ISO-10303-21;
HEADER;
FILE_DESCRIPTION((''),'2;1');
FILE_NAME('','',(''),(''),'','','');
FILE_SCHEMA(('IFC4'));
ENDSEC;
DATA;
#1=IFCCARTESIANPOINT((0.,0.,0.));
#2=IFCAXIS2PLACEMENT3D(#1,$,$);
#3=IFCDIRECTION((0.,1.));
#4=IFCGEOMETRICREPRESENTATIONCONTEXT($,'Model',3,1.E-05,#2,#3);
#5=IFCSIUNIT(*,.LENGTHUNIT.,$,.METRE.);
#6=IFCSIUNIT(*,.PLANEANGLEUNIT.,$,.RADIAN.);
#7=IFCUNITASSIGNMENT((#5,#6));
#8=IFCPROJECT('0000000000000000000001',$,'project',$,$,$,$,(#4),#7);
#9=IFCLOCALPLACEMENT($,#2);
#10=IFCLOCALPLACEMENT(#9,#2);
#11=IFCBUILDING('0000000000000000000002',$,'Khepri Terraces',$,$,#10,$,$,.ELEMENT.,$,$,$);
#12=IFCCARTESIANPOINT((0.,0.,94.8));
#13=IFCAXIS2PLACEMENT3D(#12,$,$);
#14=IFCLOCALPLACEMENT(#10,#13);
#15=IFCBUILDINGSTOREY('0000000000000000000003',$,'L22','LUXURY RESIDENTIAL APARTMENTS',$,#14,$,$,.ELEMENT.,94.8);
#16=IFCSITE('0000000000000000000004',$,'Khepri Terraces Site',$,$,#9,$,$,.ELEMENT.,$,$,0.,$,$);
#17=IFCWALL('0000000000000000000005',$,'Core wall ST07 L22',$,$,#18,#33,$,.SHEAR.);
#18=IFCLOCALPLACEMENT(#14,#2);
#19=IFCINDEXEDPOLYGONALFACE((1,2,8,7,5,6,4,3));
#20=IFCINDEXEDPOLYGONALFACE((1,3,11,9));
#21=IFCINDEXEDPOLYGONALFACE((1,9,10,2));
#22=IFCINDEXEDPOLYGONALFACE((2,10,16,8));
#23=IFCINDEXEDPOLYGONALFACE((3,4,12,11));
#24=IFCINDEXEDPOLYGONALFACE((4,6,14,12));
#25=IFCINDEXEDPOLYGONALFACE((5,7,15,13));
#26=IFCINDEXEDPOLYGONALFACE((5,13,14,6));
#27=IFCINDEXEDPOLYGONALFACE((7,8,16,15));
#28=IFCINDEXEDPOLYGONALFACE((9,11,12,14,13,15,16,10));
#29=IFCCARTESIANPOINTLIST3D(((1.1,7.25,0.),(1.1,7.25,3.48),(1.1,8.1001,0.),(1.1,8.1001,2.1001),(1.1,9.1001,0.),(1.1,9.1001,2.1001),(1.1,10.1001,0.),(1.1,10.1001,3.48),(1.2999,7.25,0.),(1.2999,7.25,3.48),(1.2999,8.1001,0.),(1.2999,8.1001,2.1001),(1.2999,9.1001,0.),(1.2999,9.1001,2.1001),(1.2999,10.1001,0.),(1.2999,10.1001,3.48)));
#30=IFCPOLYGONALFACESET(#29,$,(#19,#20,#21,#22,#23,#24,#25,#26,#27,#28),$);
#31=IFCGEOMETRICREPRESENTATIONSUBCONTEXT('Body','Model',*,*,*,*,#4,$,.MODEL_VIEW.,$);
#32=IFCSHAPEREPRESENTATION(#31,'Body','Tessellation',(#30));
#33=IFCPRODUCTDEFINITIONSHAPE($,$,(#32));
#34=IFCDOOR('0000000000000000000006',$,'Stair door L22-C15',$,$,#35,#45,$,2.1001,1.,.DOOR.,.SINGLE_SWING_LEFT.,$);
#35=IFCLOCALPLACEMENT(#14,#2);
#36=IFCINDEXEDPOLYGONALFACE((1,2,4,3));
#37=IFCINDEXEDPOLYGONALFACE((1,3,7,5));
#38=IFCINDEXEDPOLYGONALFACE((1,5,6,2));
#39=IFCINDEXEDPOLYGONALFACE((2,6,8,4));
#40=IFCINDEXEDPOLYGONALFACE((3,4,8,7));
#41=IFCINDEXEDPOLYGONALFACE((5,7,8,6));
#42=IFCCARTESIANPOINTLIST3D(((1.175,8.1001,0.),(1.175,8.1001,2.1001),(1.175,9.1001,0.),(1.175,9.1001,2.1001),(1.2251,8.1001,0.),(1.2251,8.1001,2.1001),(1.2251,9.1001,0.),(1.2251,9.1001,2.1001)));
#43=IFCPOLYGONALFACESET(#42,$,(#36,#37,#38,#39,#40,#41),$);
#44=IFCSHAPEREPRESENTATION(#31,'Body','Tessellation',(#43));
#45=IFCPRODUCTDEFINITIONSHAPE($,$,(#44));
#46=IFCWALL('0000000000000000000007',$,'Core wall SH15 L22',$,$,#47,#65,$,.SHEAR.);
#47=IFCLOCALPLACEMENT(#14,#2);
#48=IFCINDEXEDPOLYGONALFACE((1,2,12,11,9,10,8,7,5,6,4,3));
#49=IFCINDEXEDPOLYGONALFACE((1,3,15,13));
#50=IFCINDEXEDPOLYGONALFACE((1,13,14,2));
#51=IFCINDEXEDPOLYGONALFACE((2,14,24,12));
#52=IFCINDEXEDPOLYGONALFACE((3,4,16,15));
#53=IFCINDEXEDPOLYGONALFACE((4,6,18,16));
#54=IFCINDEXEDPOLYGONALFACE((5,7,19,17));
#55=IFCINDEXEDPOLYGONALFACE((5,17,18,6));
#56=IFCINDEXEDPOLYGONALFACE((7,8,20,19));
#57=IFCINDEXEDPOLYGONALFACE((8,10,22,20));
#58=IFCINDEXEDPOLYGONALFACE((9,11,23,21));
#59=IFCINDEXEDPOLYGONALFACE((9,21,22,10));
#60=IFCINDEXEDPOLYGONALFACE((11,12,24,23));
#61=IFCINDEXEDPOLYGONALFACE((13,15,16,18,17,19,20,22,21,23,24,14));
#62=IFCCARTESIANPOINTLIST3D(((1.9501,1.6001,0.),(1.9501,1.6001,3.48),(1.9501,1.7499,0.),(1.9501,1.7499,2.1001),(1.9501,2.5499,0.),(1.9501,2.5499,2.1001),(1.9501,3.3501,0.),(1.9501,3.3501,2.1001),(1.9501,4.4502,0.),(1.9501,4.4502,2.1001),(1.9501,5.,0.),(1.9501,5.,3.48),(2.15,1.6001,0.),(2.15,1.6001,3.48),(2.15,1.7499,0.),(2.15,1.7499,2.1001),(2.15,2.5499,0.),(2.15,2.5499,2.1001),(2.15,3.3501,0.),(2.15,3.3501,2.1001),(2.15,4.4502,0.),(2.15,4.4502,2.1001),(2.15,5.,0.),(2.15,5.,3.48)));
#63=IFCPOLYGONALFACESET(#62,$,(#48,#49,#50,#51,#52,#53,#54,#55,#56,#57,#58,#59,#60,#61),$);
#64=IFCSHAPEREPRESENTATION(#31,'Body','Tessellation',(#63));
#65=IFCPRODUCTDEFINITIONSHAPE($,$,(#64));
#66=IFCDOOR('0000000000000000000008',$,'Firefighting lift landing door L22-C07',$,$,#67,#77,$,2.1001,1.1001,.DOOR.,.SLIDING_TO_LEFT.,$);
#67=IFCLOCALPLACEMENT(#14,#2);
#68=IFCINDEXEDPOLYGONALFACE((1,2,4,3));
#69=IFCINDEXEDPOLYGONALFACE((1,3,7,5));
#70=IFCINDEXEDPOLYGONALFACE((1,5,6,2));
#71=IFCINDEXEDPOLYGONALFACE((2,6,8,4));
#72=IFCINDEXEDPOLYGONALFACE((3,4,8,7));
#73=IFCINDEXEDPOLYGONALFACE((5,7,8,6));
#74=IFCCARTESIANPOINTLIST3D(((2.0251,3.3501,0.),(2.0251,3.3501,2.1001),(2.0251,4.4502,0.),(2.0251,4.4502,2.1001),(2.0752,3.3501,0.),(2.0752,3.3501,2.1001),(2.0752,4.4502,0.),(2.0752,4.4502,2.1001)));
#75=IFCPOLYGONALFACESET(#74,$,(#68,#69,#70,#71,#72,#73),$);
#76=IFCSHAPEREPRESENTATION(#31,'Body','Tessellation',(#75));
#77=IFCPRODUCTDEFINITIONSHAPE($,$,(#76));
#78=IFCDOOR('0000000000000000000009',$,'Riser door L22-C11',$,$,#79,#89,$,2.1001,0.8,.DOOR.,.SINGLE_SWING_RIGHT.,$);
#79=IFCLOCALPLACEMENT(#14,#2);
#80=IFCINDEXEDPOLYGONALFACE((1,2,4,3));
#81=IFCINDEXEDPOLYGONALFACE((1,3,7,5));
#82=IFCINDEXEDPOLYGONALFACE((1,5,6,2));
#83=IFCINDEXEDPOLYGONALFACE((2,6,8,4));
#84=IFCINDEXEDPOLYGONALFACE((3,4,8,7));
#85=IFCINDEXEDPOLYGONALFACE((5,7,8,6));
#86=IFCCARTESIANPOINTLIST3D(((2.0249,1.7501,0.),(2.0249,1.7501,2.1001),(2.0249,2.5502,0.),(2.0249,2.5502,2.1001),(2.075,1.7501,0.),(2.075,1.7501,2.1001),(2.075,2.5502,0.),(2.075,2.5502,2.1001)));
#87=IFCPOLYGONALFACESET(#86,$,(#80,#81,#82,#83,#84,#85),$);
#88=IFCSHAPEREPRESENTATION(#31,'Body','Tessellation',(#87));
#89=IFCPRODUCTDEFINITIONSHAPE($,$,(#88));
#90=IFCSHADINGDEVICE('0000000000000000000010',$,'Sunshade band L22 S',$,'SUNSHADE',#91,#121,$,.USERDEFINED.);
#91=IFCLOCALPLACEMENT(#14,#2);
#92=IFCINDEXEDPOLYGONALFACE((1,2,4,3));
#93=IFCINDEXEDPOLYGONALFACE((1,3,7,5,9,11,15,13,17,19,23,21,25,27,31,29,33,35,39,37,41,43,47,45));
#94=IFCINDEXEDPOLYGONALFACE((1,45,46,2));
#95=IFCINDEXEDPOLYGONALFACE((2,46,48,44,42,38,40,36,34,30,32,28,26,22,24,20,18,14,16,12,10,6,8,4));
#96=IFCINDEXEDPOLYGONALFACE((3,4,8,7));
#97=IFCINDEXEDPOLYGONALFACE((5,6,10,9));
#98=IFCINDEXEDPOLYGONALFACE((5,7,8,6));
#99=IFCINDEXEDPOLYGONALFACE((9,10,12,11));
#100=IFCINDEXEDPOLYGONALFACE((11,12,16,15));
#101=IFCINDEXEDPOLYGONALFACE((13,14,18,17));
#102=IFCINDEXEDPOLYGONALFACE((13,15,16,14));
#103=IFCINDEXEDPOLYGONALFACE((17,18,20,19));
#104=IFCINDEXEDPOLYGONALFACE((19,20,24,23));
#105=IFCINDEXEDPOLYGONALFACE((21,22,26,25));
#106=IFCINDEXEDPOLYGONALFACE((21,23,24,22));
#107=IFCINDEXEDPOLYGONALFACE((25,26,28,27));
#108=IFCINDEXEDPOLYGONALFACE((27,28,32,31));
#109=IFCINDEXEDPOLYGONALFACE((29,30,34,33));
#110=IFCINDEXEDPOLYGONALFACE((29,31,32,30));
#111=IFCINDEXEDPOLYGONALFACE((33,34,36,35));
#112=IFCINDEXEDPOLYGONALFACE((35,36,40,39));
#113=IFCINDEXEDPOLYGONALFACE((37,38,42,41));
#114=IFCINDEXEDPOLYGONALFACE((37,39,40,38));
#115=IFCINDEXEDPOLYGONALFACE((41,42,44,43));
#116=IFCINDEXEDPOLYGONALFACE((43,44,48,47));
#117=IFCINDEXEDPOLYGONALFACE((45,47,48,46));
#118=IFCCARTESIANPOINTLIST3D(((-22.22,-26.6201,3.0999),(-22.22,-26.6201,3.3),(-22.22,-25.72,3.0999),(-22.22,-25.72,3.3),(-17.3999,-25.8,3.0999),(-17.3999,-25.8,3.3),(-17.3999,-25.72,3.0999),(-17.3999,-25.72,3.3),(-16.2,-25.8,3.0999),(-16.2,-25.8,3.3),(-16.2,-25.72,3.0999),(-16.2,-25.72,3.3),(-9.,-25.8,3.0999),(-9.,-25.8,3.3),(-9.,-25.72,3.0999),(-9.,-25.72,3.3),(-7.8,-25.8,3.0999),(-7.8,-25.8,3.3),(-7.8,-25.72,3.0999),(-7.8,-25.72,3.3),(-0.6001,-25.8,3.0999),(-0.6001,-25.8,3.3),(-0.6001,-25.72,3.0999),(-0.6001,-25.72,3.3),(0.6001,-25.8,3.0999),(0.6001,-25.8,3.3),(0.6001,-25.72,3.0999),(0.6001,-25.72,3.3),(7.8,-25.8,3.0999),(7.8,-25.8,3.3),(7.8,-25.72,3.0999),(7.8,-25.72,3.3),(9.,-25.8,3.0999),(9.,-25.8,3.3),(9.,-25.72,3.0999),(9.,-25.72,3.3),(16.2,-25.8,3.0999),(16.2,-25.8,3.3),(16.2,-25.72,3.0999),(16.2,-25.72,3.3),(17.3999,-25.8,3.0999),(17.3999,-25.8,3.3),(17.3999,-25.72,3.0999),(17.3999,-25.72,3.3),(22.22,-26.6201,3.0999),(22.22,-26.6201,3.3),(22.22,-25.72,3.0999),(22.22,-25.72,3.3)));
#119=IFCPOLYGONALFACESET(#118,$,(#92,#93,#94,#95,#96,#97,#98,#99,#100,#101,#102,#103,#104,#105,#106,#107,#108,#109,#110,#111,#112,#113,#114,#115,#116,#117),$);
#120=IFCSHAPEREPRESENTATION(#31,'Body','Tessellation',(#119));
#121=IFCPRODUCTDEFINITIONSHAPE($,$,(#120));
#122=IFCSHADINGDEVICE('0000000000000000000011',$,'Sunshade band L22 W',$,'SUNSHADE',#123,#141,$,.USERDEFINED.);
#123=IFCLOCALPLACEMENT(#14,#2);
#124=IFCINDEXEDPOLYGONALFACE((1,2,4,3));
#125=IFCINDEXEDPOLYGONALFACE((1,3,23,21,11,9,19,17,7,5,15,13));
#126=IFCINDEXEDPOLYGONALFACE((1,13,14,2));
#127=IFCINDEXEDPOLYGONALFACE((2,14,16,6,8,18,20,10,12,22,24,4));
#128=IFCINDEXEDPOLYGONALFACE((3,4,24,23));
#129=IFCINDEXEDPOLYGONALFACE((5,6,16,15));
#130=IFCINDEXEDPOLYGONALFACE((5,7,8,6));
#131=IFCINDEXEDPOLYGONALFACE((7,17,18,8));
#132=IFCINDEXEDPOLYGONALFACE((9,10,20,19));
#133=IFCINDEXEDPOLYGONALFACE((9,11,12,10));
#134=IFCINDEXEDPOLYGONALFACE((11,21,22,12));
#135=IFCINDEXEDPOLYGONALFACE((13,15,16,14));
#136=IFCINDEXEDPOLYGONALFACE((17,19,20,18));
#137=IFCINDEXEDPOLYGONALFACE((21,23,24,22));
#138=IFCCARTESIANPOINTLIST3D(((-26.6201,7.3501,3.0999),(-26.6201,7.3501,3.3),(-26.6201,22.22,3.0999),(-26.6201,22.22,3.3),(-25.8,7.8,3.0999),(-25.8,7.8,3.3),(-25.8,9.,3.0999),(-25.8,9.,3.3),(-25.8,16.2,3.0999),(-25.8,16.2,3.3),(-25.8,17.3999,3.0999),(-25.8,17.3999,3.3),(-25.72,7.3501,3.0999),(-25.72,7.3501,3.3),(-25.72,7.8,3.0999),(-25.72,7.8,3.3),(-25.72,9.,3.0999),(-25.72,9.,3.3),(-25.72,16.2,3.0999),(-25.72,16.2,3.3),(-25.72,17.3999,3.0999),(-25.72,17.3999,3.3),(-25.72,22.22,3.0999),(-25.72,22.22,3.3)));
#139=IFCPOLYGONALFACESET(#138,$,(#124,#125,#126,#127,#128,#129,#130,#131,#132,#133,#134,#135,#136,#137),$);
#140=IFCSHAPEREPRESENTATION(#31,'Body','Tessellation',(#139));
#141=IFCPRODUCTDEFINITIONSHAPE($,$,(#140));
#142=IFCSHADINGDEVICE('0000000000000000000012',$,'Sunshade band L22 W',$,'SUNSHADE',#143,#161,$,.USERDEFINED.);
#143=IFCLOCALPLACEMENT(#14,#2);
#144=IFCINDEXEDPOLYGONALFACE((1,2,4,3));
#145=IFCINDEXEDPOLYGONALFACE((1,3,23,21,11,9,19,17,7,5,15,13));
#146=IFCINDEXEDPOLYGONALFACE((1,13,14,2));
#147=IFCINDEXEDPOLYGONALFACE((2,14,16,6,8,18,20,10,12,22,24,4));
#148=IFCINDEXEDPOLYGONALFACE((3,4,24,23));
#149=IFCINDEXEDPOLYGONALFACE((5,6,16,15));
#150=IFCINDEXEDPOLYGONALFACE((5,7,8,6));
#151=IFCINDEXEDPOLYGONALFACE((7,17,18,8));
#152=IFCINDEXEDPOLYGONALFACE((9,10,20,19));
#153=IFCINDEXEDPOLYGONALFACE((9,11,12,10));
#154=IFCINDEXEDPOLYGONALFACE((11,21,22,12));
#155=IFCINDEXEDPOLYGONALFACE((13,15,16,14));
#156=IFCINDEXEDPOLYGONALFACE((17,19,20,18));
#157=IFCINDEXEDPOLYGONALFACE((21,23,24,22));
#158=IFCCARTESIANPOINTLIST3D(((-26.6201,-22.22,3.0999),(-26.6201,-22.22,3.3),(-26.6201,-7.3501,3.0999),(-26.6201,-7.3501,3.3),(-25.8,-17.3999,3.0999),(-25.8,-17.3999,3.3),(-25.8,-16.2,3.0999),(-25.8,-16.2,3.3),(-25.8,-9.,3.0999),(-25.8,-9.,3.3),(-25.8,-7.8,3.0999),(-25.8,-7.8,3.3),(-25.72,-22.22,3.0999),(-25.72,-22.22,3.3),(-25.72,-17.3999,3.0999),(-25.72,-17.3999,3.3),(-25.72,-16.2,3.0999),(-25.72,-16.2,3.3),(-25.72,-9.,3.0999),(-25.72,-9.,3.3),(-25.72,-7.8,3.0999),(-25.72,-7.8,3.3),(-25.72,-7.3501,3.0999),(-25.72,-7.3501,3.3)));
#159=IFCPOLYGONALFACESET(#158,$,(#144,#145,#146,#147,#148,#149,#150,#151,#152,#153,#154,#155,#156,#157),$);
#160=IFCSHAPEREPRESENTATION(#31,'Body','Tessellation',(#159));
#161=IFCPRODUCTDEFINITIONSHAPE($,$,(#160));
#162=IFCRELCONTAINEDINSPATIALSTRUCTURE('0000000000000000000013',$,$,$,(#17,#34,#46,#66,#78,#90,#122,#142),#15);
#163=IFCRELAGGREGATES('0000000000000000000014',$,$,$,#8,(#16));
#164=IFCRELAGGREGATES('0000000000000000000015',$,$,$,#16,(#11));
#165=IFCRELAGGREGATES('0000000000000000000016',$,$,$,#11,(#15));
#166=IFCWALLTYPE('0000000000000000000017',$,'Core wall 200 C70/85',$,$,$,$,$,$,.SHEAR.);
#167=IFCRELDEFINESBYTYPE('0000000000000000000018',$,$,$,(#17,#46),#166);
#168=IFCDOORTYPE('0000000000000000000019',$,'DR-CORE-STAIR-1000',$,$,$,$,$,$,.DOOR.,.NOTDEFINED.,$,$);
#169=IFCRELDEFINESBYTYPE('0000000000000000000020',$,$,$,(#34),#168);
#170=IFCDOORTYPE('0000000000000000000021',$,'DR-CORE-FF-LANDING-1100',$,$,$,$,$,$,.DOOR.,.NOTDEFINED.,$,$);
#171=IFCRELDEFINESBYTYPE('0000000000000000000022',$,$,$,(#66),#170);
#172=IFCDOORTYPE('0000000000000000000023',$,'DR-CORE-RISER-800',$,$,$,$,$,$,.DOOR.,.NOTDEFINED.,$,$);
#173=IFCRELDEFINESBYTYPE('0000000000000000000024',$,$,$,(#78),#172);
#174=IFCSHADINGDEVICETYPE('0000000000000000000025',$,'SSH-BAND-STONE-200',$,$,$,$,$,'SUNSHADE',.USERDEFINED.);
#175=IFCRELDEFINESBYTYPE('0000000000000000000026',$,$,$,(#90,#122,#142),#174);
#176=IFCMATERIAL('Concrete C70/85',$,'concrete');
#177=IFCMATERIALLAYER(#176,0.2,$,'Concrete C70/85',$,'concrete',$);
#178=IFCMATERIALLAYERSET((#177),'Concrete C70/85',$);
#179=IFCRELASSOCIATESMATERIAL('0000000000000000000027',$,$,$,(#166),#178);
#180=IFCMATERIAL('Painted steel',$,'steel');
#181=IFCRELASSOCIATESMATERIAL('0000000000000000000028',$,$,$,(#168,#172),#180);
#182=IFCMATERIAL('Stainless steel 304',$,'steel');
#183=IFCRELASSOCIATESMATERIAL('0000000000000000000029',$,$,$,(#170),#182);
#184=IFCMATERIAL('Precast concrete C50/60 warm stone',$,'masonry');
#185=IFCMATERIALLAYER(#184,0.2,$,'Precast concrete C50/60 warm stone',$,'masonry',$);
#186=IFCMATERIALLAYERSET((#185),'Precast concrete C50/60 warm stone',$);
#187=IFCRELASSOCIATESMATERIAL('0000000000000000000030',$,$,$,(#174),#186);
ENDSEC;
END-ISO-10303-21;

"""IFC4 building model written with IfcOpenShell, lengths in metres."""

from ifc_helpers import new_model, si_unit, direction, frame, frame_2d, origin, place, context, subcontext, project, spatial, polyline, rectangle, outline, extrude, material, layer, layer_set, type_object, element, fill, save


model = new_model("IFC4")

# Units and contexts
model_context = context("Model", 3, precision=1e-05, world=origin(), true_north=direction((0.0, 1.0)))
body_context = subcontext(model_context, "Body", "Model", "MODEL_VIEW")
ifc_project = project(units=[si_unit("LENGTHUNIT", "METRE"), si_unit("PLANEANGLEUNIT", "RADIAN")], contexts=[model_context])

# Site, building, storey
site_placement = place(None, origin())
site = spatial("IfcSite", under=ifc_project, at=site_placement, Name="Khepri Terraces Site", CompositionType="ELEMENT", RefElevation=0.0)
building_placement = place(site_placement, origin())
building = spatial("IfcBuilding", under=site, at=building_placement, Name="Khepri Terraces", CompositionType="ELEMENT")
storey_placement = place(building_placement, frame((0.0, 0.0, 94.8)))
storey = spatial("IfcBuildingStorey", under=building, at=storey_placement, Name="L22", Description="LUXURY RESIDENTIAL APARTMENTS", CompositionType="ELEMENT", Elevation=94.8)

# Shared definitions
ifc_material_1 = material(Name="Precast concrete C50/60 warm stone", Category="masonry")

# Wall, opening, door
ifc_material_2 = material(Name="Concrete C70/85", Category="concrete")
ifc_layer_1 = layer(ifc_material_2, 0.2, Name="Concrete C70/85", Category="concrete")
ifc_layer_set_1 = layer_set([ifc_layer_1], Name="Concrete C70/85")
wall_type = type_object("IfcWallType", Name="Core wall 200 C70/85", PredefinedType="SHEAR", material=ifc_layer_set_1)
wall_1_placement = place(storey_placement, frame((1.2, 7.25, 0.0), z_axis=(0.0, 0.0, 1.0), x_axis=(0.0, 1.0, 0.0)))
wall_1 = element("IfcWall", 1, at=wall_1_placement, inside=storey, type_object=wall_type, Name="Core wall ST07 L22", PredefinedType="SHEAR", context=body_context, shape_type="SweptSolid", body=[
    extrude(rectangle(XDim=2.8501, YDim=0.2, at=frame_2d((1.425, 0.0))), origin(), (0.0, 0.0, 1.0), 3.48),
])
opening_1_placement = place(wall_1_placement, frame((0.8501, 0.0, 0.0)))
opening_1 = element("IfcOpeningElement", 2, at=opening_1_placement, cuts=wall_1, PredefinedType="OPENING", context=body_context, shape_type="SweptSolid", body=[
    extrude(rectangle(XDim=1.0, YDim=2.1001, at=frame_2d((0.5, 1.05))), frame((0.0, 0.1099, 0.0), z_axis=(0.0, -1.0, 0.0), x_axis=(1.0, 0.0, 0.0)), (0.0, 0.0, 1.0), 0.22),
])
ifc_material_3 = material(Name="Painted steel", Category="steel")
door_type_1 = type_object("IfcDoorType", Name="DR-CORE-STAIR-1000", OperationType="NOTDEFINED", PredefinedType="DOOR", material=ifc_material_3)
door_1_placement = place(opening_1_placement, origin())
door_1 = element("IfcDoor", 3, at=door_1_placement, inside=storey, type_object=door_type_1, Name="Stair door L22-C15", OperationType="SINGLE_SWING_LEFT", OverallHeight=2.1001, OverallWidth=1.0, PredefinedType="DOOR", context=body_context, shape_type="SweptSolid", body=[
    extrude(rectangle(XDim=1.0, YDim=2.1001, at=frame_2d((0.5, 1.05))), frame((0.0, 0.0249, 0.0), z_axis=(0.0, -1.0, 0.0), x_axis=(1.0, 0.0, 0.0)), (0.0, 0.0, 1.0), 0.05),
])
fill(opening_1, door_1)

# Wall, openings, doors
wall_2_placement = place(storey_placement, frame((2.05, 1.6001, 0.0), z_axis=(0.0, 0.0, 1.0), x_axis=(0.0, 1.0, 0.0)))
wall_2 = element("IfcWall", 4, at=wall_2_placement, inside=storey, type_object=wall_type, Name="Core wall SH15 L22", PredefinedType="SHEAR", context=body_context, shape_type="SweptSolid", body=[
    extrude(rectangle(XDim=3.3999, YDim=0.2, at=frame_2d((1.7, 0.0))), origin(), (0.0, 0.0, 1.0), 3.48),
])
opening_2_placement = place(wall_2_placement, frame((1.75, 0.0, 0.0)))
opening_2 = element("IfcOpeningElement", 5, at=opening_2_placement, cuts=wall_2, PredefinedType="OPENING", context=body_context, shape_type="SweptSolid", body=[
    extrude(rectangle(XDim=1.1001, YDim=2.1001, at=frame_2d((0.55, 1.05))), frame((0.0, 0.1099, 0.0), z_axis=(0.0, -1.0, 0.0), x_axis=(1.0, 0.0, 0.0)), (0.0, 0.0, 1.0), 0.22),
])
opening_3_placement = place(wall_2_placement, frame((0.1499, 0.0, 0.0)))
opening_3 = element("IfcOpeningElement", 6, at=opening_3_placement, cuts=wall_2, PredefinedType="OPENING", context=body_context, shape_type="SweptSolid", body=[
    extrude(rectangle(XDim=0.8, YDim=2.1001, at=frame_2d((0.3999, 1.05))), frame((0.0, 0.1099, 0.0), z_axis=(0.0, -1.0, 0.0), x_axis=(1.0, 0.0, 0.0)), (0.0, 0.0, 1.0), 0.22),
])
ifc_material_4 = material(Name="Stainless steel 304", Category="steel")
door_type_2 = type_object("IfcDoorType", Name="DR-CORE-FF-LANDING-1100", OperationType="NOTDEFINED", PredefinedType="DOOR", material=ifc_material_4)
door_2_placement = place(opening_2_placement, origin())
door_2 = element("IfcDoor", 7, at=door_2_placement, inside=storey, type_object=door_type_2, Name="Firefighting lift landing door L22-C07", OperationType="SLIDING_TO_LEFT", OverallHeight=2.1001, OverallWidth=1.1001, PredefinedType="DOOR", context=body_context, shape_type="SweptSolid", body=[
    extrude(rectangle(XDim=1.1001, YDim=2.1001, at=frame_2d((0.55, 1.05))), frame((0.0, 0.0249, 0.0), z_axis=(0.0, -1.0, 0.0), x_axis=(1.0, 0.0, 0.0)), (0.0, 0.0, 1.0), 0.05),
])
fill(opening_2, door_2)
door_type_3 = type_object("IfcDoorType", Name="DR-CORE-RISER-800", OperationType="NOTDEFINED", PredefinedType="DOOR", material=ifc_material_3)
door_3_placement = place(opening_3_placement, frame((0.8, 0.0, 0.0), z_axis=(0.0, 0.0, 1.0), x_axis=(-1.0, 0.0, 0.0)))
door_3 = element("IfcDoor", 8, at=door_3_placement, inside=storey, type_object=door_type_3, Name="Riser door L22-C11", OperationType="SINGLE_SWING_RIGHT", OverallHeight=2.1001, OverallWidth=0.8, PredefinedType="DOOR", context=body_context, shape_type="SweptSolid", body=[
    extrude(rectangle(XDim=0.8, YDim=2.1001, at=frame_2d((0.3999, 1.05))), frame((0.0, 0.0249, 0.0), z_axis=(0.0, -1.0, 0.0), x_axis=(1.0, 0.0, 0.0)), (0.0, 0.0, 1.0), 0.05),
])
fill(opening_3, door_3)

# Shading devices
ifc_layer_2 = layer(ifc_material_1, 0.2, Name="Precast concrete C50/60 warm stone", Category="masonry")
ifc_layer_set_2 = layer_set([ifc_layer_2], Name="Precast concrete C50/60 warm stone")
shading_device_type_1 = type_object("IfcShadingDeviceType", Name="SSH-BAND-STONE-200", ElementType="SUNSHADE", PredefinedType="USERDEFINED", material=ifc_layer_set_2)
shading_device_1_placement = place(storey_placement, frame((0.0, 0.0, 3.0999)))
element("IfcShadingDevice", 9, at=shading_device_1_placement, inside=storey, type_object=shading_device_type_1, Name="Sunshade band L22 S", ObjectType="SUNSHADE", PredefinedType="USERDEFINED", context=body_context, shape_type="SweptSolid", body=[
    extrude(outline(polyline([(-17.3999, -25.72), (-22.22, -25.72), (-22.22, -26.6201), (22.22, -26.6201), (22.22, -25.72), (17.3999, -25.72), (17.3999, -25.8), (16.2, -25.8), (16.2, -25.72), (9.0, -25.72), (9.0, -25.8), (7.8, -25.8), (7.8, -25.72), (0.6001, -25.72), (0.6001, -25.8), (-0.6001, -25.8), (-0.6001, -25.72), (-7.8, -25.72), (-7.8, -25.8), (-9.0, -25.8), (-9.0, -25.72), (-16.2, -25.72), (-16.2, -25.8), (-17.3999, -25.8), (-17.3999, -25.72)])), origin(), (0.0, 0.0, 1.0), 0.2002),
])
shading_device_2_placement = place(storey_placement, frame((0.0, 0.0, 3.0999)))
element("IfcShadingDevice", 10, at=shading_device_2_placement, inside=storey, type_object=shading_device_type_1, Name="Sunshade band L22 W", ObjectType="SUNSHADE", PredefinedType="USERDEFINED", context=body_context, shape_type="SweptSolid", body=[
    extrude(outline(polyline([(-25.72, 17.3999), (-25.72, 22.22), (-26.6201, 22.22), (-26.6201, 7.3501), (-25.72, 7.3501), (-25.72, 7.8), (-25.8, 7.8), (-25.8, 9.0), (-25.72, 9.0), (-25.72, 16.2), (-25.8, 16.2), (-25.8, 17.3999), (-25.72, 17.3999)])), origin(), (0.0, 0.0, 1.0), 0.2002),
])
shading_device_3_placement = place(storey_placement, frame((0.0, 0.0, 3.0999)))
element("IfcShadingDevice", 11, at=shading_device_3_placement, inside=storey, type_object=shading_device_type_1, Name="Sunshade band L22 W", ObjectType="SUNSHADE", PredefinedType="USERDEFINED", context=body_context, shape_type="SweptSolid", body=[
    extrude(outline(polyline([(-25.72, -7.8), (-25.72, -7.3501), (-26.6201, -7.3501), (-26.6201, -22.22), (-25.72, -22.22), (-25.72, -17.3999), (-25.8, -17.3999), (-25.8, -16.2), (-25.72, -16.2), (-25.72, -9.0), (-25.8, -9.0), (-25.8, -7.8), (-25.72, -7.8)])), origin(), (0.0, 0.0, 1.0), 0.2002),
])

save(model, "model.ifc")
